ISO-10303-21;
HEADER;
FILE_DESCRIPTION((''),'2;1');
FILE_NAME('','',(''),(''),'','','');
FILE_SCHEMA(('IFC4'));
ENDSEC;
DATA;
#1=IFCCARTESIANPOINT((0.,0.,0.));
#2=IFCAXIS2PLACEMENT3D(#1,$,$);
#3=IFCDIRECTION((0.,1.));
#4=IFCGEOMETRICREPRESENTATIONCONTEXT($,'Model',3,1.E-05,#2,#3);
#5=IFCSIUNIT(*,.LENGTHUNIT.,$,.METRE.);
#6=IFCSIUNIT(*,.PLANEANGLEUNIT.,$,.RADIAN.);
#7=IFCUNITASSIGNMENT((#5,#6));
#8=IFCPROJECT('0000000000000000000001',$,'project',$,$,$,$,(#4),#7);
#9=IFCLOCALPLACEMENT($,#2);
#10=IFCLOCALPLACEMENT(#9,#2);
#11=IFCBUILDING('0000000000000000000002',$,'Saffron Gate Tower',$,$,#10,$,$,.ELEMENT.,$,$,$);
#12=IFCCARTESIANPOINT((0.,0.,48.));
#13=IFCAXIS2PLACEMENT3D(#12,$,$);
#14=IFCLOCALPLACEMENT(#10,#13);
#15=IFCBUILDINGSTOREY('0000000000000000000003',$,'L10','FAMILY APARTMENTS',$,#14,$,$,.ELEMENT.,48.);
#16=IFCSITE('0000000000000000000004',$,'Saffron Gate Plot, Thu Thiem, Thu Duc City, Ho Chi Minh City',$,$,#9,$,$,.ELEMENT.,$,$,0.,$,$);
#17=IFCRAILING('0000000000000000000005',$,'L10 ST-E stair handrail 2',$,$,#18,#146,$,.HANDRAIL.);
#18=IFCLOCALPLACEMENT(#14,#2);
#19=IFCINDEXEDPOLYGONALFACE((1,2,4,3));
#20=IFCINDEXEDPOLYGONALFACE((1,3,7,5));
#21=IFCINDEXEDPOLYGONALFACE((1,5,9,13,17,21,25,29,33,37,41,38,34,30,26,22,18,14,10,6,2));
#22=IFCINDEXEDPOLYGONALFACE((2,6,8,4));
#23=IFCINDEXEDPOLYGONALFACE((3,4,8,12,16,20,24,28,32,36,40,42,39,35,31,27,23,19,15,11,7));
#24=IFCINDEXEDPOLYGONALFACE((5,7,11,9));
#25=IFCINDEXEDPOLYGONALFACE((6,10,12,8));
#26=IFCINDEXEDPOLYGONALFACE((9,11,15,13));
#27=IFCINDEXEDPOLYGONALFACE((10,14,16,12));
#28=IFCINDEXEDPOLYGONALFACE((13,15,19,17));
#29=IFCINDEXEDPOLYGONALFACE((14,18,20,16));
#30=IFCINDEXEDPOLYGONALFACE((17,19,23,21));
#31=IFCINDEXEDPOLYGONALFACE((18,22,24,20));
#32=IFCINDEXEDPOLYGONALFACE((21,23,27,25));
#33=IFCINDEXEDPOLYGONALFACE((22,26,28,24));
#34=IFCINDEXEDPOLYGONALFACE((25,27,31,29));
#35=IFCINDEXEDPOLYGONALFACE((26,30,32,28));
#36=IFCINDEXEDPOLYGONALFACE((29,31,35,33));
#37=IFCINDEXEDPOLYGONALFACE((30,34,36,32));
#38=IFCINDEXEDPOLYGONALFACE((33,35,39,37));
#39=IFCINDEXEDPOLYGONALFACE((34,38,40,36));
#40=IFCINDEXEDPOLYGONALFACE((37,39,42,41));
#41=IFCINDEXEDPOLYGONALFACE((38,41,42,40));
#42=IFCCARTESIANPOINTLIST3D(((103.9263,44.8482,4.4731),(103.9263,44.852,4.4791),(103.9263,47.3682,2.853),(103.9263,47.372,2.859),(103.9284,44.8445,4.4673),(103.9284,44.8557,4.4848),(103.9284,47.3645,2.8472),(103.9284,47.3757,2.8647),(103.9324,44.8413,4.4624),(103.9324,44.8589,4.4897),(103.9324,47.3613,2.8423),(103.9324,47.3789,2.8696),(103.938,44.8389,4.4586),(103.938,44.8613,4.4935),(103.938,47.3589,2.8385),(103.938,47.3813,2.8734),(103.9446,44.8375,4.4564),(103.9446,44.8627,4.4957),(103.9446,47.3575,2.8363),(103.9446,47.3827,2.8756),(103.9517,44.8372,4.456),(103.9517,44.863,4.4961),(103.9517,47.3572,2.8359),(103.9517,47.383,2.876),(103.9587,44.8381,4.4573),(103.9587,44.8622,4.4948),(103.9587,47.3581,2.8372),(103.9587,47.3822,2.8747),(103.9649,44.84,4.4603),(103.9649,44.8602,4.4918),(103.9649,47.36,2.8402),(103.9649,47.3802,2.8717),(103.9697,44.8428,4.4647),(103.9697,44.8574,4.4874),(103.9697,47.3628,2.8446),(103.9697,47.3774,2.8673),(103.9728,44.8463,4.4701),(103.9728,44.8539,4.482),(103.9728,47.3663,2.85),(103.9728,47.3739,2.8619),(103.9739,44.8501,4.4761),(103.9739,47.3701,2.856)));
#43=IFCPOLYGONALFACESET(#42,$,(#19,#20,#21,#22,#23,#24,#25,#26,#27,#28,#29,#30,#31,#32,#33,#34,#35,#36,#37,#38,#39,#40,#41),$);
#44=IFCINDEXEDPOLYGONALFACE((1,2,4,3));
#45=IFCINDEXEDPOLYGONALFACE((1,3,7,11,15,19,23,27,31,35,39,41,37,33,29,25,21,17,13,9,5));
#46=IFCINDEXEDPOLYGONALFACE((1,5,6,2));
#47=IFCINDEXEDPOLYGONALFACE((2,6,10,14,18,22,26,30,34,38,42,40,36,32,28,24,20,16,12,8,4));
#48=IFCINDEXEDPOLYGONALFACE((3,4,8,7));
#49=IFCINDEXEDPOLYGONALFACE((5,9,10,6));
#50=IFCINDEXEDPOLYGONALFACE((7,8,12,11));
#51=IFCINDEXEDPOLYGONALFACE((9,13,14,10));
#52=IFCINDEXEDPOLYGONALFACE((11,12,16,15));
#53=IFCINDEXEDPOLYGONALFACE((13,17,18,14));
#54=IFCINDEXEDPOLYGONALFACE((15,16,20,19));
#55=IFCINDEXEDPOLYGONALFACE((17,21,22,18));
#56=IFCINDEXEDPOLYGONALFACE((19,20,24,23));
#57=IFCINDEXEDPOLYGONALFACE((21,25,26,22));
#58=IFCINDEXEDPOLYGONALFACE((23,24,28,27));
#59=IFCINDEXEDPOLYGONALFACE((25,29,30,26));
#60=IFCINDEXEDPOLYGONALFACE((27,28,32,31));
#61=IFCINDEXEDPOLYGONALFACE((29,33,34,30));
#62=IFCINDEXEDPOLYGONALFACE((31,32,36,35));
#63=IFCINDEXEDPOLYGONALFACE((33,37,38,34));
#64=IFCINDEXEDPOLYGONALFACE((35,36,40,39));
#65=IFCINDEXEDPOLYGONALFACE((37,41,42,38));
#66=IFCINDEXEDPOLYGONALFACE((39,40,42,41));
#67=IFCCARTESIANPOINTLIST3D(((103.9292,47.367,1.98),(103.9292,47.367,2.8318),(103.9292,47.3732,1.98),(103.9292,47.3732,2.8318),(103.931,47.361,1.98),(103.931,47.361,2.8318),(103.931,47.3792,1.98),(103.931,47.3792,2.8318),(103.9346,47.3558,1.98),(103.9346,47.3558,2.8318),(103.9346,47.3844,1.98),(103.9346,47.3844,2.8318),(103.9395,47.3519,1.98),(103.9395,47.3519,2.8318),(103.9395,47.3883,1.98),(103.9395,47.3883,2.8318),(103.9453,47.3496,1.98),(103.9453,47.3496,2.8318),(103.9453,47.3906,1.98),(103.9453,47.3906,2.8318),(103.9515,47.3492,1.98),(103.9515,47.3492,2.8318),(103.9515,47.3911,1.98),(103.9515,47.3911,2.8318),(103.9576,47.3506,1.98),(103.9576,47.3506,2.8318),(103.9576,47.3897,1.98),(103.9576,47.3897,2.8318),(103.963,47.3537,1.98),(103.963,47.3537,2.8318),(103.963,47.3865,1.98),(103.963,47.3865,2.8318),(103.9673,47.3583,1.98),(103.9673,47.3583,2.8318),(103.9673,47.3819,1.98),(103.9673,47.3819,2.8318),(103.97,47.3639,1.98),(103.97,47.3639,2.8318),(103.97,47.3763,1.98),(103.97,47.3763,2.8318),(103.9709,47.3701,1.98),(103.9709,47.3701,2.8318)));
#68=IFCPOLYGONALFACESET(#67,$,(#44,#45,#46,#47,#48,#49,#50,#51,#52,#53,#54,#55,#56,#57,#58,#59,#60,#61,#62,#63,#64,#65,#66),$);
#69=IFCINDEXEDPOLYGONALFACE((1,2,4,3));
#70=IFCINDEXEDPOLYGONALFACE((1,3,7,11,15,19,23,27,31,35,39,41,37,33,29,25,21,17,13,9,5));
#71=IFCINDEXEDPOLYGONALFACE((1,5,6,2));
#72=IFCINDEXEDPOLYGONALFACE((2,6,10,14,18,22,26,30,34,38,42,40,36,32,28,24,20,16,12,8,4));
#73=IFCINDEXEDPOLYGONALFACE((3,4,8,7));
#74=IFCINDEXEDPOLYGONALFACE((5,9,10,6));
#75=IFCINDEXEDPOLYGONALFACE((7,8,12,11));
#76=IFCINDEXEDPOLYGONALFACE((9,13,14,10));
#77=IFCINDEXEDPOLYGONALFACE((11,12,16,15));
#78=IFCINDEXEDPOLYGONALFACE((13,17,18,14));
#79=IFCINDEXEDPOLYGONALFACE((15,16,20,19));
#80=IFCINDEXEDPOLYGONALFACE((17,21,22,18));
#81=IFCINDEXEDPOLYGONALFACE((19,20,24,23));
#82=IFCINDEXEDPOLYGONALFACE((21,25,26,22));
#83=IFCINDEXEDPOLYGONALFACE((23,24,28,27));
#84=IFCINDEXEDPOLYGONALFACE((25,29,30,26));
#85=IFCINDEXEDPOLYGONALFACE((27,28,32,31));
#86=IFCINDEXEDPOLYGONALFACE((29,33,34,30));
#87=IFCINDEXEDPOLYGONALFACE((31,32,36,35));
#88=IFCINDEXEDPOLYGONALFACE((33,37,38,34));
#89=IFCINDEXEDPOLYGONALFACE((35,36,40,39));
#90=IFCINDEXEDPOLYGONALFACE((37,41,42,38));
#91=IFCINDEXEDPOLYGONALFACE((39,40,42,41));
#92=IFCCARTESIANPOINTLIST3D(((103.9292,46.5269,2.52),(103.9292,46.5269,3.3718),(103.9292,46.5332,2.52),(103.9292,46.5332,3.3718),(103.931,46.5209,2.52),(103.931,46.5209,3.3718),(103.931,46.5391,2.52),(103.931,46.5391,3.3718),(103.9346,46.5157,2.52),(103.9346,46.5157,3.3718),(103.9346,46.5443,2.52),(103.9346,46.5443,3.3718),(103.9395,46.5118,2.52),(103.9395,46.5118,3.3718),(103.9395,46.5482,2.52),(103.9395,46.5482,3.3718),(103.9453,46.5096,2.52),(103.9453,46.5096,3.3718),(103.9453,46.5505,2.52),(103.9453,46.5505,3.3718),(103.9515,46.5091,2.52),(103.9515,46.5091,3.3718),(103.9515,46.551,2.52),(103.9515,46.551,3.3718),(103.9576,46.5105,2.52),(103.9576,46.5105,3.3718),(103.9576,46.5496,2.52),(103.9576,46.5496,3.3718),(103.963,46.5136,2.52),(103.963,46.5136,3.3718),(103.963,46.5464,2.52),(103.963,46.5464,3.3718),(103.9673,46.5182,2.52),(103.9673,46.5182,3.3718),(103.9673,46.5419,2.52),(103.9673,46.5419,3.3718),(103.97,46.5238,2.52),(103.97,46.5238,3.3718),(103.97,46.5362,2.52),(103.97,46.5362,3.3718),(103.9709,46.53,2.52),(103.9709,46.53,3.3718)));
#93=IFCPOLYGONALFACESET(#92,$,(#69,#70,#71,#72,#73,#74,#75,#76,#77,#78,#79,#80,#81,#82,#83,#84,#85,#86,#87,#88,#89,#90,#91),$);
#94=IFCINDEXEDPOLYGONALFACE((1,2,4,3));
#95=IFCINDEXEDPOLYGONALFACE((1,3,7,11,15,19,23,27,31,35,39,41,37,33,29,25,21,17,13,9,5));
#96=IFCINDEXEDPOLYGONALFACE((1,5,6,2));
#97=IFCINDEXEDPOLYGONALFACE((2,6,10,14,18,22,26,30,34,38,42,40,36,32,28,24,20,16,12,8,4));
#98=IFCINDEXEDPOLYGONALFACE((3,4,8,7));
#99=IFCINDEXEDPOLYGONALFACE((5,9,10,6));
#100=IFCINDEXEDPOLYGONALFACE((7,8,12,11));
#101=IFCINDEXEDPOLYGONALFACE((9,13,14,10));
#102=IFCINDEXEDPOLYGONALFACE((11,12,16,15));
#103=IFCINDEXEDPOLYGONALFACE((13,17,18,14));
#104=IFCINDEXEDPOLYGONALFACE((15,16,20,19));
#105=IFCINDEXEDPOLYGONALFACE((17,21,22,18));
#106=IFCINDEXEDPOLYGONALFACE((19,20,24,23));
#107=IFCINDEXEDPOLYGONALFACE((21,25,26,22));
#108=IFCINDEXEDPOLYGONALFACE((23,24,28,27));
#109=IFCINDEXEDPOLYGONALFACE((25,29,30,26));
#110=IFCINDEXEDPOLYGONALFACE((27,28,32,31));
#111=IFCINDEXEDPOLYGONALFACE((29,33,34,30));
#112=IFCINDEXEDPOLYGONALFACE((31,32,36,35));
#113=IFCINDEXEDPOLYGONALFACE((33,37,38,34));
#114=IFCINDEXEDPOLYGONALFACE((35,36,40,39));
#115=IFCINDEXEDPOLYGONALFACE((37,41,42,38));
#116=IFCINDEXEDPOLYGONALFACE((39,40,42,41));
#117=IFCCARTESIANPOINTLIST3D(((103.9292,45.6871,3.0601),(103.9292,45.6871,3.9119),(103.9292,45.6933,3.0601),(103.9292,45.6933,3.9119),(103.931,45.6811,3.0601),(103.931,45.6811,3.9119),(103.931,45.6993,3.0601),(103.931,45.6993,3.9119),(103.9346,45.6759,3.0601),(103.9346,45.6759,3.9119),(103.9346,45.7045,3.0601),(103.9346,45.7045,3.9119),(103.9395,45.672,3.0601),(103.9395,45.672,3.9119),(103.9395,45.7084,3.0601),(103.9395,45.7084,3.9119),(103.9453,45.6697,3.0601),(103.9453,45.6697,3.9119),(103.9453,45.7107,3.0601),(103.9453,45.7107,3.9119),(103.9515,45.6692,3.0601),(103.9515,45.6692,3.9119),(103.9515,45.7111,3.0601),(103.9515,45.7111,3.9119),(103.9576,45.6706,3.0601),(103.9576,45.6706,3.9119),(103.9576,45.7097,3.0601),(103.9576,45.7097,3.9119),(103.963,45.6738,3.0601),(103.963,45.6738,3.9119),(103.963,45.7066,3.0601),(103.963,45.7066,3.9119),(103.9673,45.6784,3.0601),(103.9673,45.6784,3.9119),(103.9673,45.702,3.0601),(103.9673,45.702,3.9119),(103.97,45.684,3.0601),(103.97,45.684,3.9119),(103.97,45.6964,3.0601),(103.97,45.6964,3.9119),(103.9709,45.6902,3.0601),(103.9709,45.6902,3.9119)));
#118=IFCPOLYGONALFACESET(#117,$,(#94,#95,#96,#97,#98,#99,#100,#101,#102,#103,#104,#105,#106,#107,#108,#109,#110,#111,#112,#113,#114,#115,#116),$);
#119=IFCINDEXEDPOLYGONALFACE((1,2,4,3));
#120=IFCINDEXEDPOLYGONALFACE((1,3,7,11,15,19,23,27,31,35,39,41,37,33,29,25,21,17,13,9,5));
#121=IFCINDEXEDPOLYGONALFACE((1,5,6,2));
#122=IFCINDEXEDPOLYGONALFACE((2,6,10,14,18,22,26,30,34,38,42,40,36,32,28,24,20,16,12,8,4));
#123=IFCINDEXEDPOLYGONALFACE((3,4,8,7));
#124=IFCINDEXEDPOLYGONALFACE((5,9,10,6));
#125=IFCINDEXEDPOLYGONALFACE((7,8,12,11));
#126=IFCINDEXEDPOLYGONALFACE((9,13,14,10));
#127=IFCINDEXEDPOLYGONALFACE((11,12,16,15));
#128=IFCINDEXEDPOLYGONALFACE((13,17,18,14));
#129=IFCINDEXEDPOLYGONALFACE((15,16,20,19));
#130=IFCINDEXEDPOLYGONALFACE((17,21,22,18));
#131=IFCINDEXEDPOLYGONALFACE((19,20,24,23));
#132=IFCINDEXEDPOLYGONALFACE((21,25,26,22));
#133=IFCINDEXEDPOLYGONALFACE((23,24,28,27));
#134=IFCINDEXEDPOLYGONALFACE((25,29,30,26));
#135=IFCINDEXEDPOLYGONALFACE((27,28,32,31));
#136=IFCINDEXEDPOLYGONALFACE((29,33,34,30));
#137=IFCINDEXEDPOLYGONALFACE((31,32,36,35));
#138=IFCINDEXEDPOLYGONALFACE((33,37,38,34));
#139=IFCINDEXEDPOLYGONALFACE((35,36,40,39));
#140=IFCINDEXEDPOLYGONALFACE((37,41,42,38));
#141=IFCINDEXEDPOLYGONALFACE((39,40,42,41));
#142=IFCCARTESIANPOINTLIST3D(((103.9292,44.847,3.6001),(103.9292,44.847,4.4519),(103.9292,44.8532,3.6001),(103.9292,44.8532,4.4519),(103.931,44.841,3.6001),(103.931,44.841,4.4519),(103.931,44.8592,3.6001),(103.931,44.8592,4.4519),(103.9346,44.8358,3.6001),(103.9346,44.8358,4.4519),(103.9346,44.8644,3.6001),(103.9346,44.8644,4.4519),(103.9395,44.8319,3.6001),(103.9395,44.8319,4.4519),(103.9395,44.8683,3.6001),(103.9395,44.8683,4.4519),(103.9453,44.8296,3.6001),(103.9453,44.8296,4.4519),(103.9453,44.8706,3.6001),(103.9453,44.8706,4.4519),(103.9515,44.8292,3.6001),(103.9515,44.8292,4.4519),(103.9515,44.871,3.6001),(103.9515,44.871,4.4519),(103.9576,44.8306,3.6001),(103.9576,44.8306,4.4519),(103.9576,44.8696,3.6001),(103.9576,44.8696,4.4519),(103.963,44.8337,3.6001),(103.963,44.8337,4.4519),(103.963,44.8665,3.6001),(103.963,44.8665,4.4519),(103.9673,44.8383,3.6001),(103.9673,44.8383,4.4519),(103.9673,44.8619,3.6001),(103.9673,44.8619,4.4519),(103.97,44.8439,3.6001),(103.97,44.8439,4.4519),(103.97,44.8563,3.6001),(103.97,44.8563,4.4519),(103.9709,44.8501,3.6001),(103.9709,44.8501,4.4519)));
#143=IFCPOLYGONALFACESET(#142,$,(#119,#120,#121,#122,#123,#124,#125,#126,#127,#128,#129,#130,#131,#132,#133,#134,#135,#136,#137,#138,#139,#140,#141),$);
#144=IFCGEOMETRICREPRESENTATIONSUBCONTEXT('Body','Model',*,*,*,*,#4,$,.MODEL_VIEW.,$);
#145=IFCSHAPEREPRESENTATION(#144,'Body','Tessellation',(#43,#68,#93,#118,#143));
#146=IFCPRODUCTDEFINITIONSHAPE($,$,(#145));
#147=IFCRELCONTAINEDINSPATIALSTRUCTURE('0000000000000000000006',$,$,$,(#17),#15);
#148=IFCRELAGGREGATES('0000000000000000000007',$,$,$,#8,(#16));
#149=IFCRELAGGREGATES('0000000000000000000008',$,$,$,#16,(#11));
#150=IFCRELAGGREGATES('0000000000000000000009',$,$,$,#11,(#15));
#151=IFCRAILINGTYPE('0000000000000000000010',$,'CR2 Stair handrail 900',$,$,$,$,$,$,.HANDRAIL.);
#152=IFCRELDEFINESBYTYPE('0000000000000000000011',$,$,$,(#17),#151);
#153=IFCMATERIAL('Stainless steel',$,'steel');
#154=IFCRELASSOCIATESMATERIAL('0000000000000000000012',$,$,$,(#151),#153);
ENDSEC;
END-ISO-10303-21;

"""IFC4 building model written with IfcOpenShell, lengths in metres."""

from ifc_helpers import new_model, si_unit, direction, frame, origin, origin_2d, place, context, subcontext, project, spatial, circle, extrude, material, type_object, element, save


model = new_model("IFC4")

# Units and contexts
model_context = context("Model", 3, precision=1e-05, world=origin(), true_north=direction((0.0, 1.0)))
body_context = subcontext(model_context, "Body", "Model", "MODEL_VIEW")
ifc_project = project(units=[si_unit("LENGTHUNIT", "METRE"), si_unit("PLANEANGLEUNIT", "RADIAN")], contexts=[model_context])

# Site, building, storey
site_placement = place(None, origin())
site = spatial("IfcSite", under=ifc_project, at=site_placement, Name="Saffron Gate Plot, Thu Thiem, Thu Duc City, Ho Chi Minh City", CompositionType="ELEMENT", RefElevation=0.0)
building_placement = place(site_placement, origin())
building = spatial("IfcBuilding", under=site, at=building_placement, Name="Saffron Gate Tower", CompositionType="ELEMENT")
storey_placement = place(building_placement, frame((0.0, 0.0, 48.0)))
storey = spatial("IfcBuildingStorey", under=building, at=storey_placement, Name="L10", Description="FAMILY APARTMENTS", CompositionType="ELEMENT", Elevation=48.0)

# Railing
ifc_material_1 = material(Name="Stainless steel", Category="steel")
railing_type_1 = type_object("IfcRailingType", Name="CR2 Stair handrail 900", PredefinedType="HANDRAIL", material=ifc_material_1)
railing_1_placement = place(storey_placement, frame((103.95, 47.3701, 1.98)))
element("IfcRailing", 1, at=railing_1_placement, inside=storey, type_object=railing_type_1, Name="L10 ST-E stair handrail 2", PredefinedType="HANDRAIL", context=body_context, shape_type="SweptSolid", body=[
    extrude(circle(Radius=0.0239, at=origin_2d()), frame((0.0, 0.0, 0.876), z_axis=(0.0, -0.841163, 0.540782), x_axis=(1.0, 0.0, 0.0)), (0.0, 0.0, 1.0), 2.9958),
    extrude(circle(Radius=0.021, at=origin_2d()), origin(), (0.0, 0.0, 1.0), 0.8518),
    extrude(circle(Radius=0.021, at=origin_2d()), frame((0.0, -0.8401, 0.54)), (0.0, 0.0, 1.0), 0.8518),
    extrude(circle(Radius=0.021, at=origin_2d()), frame((0.0, -1.6799, 1.0801)), (0.0, 0.0, 1.0), 0.8518),
    extrude(circle(Radius=0.021, at=origin_2d()), frame((0.0, -2.52, 1.6201)), (0.0, 0.0, 1.0), 0.8518),
])

save(model, "model.ifc")
